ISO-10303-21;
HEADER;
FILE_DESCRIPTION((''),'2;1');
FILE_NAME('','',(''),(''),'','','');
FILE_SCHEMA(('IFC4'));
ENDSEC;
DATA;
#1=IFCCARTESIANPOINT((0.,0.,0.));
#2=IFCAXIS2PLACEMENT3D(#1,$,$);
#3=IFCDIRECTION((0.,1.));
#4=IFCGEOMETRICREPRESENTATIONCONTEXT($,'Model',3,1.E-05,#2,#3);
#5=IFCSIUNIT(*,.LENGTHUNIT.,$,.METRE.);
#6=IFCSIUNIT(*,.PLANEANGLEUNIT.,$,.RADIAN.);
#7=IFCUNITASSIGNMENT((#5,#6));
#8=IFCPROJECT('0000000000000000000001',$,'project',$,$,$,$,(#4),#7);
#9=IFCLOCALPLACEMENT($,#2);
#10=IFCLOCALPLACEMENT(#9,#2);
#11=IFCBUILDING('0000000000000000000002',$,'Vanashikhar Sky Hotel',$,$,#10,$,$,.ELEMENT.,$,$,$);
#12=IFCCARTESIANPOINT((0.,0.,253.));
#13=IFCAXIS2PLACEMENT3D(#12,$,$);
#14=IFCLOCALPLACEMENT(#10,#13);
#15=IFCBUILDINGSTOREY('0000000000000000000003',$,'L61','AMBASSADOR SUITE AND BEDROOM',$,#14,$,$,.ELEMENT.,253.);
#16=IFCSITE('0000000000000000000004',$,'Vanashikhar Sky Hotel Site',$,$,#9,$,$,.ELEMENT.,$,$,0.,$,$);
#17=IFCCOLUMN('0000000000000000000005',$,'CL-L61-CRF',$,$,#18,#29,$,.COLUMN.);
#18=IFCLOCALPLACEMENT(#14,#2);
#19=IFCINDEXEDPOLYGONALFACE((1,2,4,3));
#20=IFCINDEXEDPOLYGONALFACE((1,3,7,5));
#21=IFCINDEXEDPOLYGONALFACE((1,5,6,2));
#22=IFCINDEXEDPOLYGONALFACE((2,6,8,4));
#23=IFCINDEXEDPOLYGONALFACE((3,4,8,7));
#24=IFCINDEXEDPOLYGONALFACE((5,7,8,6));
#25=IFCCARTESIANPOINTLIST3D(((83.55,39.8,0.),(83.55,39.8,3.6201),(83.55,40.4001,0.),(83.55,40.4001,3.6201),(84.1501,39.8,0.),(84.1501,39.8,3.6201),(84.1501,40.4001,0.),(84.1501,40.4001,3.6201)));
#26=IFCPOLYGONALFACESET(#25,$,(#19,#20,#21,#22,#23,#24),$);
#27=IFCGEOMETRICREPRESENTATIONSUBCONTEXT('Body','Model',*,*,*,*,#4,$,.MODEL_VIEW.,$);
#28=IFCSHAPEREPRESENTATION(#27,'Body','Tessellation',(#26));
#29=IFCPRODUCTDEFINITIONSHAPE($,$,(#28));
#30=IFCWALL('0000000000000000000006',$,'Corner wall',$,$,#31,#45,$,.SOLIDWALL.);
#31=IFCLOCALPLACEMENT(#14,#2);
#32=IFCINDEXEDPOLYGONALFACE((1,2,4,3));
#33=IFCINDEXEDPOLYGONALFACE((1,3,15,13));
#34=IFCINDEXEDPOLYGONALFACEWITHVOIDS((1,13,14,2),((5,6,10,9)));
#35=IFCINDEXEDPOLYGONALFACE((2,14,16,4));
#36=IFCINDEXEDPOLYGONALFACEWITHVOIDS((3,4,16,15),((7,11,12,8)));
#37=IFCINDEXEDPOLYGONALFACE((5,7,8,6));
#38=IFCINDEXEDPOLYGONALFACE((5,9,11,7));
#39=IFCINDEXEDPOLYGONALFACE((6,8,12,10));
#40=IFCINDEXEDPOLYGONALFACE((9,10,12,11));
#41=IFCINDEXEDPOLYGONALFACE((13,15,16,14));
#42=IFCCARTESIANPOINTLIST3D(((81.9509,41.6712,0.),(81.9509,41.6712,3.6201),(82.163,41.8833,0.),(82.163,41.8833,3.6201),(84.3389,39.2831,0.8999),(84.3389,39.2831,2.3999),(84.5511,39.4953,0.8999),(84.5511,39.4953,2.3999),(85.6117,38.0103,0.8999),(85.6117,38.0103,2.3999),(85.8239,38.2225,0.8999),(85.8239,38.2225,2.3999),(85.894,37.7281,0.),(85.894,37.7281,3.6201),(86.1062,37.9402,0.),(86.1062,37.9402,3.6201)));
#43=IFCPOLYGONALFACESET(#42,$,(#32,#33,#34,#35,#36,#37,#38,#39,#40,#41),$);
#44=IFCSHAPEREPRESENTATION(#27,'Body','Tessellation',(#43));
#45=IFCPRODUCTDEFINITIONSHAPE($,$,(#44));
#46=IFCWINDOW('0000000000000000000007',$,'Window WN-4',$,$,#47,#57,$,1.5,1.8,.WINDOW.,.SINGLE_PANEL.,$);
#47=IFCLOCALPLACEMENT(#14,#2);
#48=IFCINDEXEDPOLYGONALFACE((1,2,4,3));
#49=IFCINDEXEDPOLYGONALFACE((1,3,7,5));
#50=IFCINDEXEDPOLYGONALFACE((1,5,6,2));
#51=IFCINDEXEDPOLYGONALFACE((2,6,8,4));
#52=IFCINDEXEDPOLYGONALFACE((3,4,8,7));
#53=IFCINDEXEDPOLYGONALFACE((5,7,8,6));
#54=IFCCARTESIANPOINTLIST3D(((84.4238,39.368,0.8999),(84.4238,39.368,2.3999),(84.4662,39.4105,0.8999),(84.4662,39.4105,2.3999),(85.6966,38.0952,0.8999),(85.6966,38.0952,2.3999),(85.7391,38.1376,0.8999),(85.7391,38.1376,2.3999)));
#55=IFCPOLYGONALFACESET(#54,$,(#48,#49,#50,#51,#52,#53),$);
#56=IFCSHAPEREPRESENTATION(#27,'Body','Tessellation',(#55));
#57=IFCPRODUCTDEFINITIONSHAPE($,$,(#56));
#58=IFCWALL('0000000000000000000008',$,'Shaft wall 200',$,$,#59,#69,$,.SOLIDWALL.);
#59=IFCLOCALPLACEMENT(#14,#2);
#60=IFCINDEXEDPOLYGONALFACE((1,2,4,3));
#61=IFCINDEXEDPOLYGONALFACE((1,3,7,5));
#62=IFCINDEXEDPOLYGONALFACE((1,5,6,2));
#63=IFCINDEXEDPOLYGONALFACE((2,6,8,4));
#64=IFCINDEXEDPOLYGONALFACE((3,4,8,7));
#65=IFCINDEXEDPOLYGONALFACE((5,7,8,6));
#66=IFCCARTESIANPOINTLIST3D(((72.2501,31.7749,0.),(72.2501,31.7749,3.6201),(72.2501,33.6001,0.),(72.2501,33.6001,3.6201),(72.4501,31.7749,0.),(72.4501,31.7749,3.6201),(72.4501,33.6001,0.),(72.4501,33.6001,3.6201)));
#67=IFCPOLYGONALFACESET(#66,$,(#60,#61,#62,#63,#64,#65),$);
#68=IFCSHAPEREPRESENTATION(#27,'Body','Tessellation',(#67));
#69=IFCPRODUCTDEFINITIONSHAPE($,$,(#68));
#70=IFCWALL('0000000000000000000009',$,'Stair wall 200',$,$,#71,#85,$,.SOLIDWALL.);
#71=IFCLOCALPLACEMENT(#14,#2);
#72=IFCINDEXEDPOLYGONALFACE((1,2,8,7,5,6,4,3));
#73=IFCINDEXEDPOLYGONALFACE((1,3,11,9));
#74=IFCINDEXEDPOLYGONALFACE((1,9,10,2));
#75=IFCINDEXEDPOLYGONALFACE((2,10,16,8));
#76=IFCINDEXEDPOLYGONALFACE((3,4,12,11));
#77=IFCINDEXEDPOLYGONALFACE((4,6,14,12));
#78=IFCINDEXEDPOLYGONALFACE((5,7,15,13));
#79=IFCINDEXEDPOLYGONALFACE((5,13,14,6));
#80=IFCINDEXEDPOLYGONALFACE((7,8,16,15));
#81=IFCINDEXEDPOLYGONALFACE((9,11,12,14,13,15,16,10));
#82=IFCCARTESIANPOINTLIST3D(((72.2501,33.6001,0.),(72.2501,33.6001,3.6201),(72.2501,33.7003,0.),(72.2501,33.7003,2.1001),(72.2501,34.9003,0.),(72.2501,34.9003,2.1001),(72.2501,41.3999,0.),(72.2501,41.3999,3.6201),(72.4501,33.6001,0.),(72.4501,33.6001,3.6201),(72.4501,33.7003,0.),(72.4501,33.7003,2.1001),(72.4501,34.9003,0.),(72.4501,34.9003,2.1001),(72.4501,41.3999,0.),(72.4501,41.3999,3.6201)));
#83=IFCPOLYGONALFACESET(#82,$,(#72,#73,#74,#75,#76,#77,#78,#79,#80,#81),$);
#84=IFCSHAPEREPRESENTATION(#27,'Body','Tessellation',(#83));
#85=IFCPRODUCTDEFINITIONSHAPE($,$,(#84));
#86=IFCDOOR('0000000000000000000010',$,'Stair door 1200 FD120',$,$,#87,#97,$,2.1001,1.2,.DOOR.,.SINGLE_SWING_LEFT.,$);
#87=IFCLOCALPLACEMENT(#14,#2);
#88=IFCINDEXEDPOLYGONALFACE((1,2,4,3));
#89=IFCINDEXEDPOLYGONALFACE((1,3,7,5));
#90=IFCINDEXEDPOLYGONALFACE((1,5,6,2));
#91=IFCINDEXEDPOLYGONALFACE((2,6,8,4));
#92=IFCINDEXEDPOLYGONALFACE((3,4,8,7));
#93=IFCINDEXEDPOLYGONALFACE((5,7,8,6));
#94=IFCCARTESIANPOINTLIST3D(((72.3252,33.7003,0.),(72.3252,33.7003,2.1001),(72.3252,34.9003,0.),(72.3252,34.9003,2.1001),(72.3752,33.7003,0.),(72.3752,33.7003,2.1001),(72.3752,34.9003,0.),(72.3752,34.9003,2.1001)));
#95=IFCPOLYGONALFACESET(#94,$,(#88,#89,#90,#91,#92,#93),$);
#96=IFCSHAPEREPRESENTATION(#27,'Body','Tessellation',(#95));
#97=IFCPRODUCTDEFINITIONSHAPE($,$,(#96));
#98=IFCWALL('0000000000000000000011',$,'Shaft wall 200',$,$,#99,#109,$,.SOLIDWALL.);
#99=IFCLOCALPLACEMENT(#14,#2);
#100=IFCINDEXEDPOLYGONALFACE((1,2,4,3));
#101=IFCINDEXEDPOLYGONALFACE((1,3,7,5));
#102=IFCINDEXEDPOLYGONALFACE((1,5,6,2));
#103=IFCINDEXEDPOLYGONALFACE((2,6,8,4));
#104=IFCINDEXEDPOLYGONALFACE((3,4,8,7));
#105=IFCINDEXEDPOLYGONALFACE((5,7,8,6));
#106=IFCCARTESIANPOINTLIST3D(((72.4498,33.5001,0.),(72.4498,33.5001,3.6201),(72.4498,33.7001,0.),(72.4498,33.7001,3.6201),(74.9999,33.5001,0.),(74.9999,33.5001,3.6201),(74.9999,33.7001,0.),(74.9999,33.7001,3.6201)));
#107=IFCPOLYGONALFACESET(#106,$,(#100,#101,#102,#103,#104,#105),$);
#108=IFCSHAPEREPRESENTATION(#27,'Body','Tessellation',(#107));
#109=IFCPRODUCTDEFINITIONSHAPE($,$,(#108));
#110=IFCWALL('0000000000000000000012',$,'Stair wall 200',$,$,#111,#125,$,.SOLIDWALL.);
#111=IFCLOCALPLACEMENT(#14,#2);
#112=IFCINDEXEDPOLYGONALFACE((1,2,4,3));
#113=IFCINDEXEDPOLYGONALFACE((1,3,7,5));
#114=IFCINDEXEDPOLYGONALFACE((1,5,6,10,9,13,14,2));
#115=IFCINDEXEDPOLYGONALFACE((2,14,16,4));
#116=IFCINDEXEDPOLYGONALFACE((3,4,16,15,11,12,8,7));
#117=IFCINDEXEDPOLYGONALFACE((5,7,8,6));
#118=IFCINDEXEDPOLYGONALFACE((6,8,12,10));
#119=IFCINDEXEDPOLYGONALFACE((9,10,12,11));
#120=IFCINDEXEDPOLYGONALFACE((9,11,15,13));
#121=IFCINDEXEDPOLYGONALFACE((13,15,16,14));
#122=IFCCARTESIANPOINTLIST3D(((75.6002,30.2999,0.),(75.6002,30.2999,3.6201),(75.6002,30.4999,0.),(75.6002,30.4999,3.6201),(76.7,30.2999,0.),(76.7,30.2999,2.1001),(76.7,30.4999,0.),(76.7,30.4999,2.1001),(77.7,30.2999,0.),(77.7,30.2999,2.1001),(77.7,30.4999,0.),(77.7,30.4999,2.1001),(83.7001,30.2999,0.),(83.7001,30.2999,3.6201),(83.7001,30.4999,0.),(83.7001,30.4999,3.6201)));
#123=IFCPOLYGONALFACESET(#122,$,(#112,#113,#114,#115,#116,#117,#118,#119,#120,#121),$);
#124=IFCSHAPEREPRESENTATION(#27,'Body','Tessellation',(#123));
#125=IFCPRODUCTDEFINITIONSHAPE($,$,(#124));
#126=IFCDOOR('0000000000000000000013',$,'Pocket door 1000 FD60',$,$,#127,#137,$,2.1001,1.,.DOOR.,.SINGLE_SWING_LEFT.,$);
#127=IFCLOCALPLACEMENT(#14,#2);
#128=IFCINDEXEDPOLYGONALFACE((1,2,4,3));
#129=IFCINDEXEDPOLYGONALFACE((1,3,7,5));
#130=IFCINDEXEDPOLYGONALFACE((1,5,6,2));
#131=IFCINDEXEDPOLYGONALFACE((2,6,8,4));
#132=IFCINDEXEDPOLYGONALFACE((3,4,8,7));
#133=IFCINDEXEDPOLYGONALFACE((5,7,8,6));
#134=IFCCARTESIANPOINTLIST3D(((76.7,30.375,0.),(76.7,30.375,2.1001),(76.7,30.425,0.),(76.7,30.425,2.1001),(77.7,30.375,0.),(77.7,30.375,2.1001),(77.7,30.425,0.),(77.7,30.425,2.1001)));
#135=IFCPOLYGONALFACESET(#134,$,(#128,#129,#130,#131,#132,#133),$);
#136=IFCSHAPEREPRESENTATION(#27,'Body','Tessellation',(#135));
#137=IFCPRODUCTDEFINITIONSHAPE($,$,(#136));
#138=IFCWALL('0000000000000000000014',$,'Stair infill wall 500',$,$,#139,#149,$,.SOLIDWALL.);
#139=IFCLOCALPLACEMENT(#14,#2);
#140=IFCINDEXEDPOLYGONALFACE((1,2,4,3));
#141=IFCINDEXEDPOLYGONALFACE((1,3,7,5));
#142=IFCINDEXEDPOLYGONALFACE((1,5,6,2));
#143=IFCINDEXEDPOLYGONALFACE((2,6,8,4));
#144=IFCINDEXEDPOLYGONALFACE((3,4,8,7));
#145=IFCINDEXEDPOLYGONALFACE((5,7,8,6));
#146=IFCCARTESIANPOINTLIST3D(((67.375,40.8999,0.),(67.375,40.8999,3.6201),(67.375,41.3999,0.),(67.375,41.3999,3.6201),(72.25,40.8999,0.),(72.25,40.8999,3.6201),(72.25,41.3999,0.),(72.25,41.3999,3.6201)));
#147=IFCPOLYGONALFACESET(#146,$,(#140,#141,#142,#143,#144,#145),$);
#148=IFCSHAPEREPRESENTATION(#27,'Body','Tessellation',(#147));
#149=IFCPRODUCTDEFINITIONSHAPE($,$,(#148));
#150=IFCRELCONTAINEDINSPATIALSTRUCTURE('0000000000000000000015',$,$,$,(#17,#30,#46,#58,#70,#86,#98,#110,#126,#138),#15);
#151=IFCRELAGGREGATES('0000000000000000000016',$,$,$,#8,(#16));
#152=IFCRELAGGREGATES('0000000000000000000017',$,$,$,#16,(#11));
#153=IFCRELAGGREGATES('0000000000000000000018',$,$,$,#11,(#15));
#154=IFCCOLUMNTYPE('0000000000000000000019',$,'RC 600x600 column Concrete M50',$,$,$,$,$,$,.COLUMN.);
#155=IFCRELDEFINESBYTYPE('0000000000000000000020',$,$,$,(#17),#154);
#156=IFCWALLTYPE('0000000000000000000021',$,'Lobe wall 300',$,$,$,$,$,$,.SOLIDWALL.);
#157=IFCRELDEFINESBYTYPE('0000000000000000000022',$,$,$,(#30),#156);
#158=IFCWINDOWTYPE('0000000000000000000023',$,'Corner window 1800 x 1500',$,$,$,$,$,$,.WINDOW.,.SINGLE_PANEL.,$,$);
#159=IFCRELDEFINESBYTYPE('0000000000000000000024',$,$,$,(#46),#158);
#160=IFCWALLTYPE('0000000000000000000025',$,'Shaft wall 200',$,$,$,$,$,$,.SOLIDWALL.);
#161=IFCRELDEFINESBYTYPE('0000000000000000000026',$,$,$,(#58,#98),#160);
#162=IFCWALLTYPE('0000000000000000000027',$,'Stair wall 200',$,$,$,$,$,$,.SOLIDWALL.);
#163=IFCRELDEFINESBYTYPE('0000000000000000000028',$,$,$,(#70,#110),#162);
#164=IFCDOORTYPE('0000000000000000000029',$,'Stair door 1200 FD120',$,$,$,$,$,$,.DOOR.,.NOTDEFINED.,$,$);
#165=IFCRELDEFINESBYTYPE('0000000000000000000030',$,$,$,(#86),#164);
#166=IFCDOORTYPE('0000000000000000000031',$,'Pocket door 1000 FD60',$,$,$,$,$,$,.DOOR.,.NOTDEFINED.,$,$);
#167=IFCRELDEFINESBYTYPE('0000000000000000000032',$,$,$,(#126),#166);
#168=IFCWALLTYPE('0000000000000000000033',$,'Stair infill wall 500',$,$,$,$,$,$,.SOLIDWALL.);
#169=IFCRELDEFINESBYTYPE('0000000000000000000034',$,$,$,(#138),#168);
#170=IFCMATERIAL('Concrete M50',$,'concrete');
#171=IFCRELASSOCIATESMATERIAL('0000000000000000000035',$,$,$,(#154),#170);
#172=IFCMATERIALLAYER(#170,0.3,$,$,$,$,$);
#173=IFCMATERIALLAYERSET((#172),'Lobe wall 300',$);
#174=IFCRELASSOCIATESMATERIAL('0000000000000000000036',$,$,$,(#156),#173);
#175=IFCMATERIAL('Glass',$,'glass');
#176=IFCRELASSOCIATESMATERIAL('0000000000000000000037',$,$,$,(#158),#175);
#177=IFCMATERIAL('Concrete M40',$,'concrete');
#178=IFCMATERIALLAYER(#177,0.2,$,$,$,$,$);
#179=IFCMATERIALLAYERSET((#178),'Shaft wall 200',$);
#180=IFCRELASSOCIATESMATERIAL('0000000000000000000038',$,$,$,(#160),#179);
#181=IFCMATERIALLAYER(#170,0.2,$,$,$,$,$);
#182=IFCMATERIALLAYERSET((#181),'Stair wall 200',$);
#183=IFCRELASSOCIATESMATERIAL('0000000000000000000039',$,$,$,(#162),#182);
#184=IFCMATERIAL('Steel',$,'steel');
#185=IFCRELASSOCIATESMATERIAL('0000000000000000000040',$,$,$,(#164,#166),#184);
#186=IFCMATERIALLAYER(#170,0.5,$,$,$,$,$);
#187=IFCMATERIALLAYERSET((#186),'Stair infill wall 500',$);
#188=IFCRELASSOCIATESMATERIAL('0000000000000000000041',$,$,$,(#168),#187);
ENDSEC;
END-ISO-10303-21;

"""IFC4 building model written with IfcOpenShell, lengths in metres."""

from ifc_helpers import new_model, si_unit, direction, frame, frame_2d, origin, origin_2d, place, context, subcontext, project, spatial, rectangle, extrude, source, transform, mapped, material, layer, layer_set, material_profile, profile_set, type_object, element, fill, save


model = new_model("IFC4")

# Units and contexts
model_context = context("Model", 3, precision=1e-05, world=origin(), true_north=direction((0.0, 1.0)))
body_context = subcontext(model_context, "Body", "Model", "MODEL_VIEW")
ifc_project = project(units=[si_unit("LENGTHUNIT", "METRE"), si_unit("PLANEANGLEUNIT", "RADIAN")], contexts=[model_context])

# Site, building, storey
site_placement = place(None, origin())
site = spatial("IfcSite", under=ifc_project, at=site_placement, Name="Vanashikhar Sky Hotel Site", CompositionType="ELEMENT", RefElevation=0.0)
building_placement = place(site_placement, origin())
building = spatial("IfcBuilding", under=site, at=building_placement, Name="Vanashikhar Sky Hotel", CompositionType="ELEMENT")
storey_placement = place(building_placement, frame((0.0, 0.0, 253.0)))
storey = spatial("IfcBuildingStorey", under=building, at=storey_placement, Name="L61", Description="AMBASSADOR SUITE AND BEDROOM", CompositionType="ELEMENT", Elevation=253.0)

# Column
ifc_material_1 = material(Name="Concrete M50", Category="concrete")
ifc_material_profile = material_profile(ifc_material_1, rectangle(XDim=0.6001, YDim=0.6001, at=origin_2d()))
ifc_profile_set = profile_set([ifc_material_profile], Name="RC 600x600 column Concrete M50")
column_type = type_object("IfcColumnType", Name="RC 600x600 column Concrete M50", PredefinedType="COLUMN", material=ifc_profile_set)
shared_shape_1 = source(origin(), body_context, "Body", "SweptSolid", [
    extrude(rectangle(XDim=0.6001, YDim=0.6001, at=origin_2d()), origin(), (0.0, 0.0, 1.0), 3.6201),
])
column_placement = place(storey_placement, frame((83.8501, 40.1001, 0.0), z_axis=(0.0, 0.0, 1.0), x_axis=(1.0, 0.0, 0.0)))
element("IfcColumn", 1, at=column_placement, inside=storey, type_object=column_type, Name="CL-L61-CRF", PredefinedType="COLUMN", context=body_context, shape_type="MappedRepresentation", body=[
    mapped(shared_shape_1, transform((0.0, 0.0, 0.0), scale=1.0)),
])

# Wall, opening, window
ifc_layer_1 = layer(ifc_material_1, 0.3)
ifc_layer_set_1 = layer_set([ifc_layer_1], Name="Lobe wall 300")
wall_type_1 = type_object("IfcWallType", Name="Lobe wall 300", PredefinedType="SOLIDWALL", material=ifc_layer_set_1)
shared_shape_2 = source(origin(), body_context, "Body", "SweptSolid", [
    extrude(rectangle(XDim=5.5764, YDim=0.3, at=frame_2d((2.7881, 0.0))), origin(), (0.0, 0.0, 1.0), 3.6201),
])
wall_1_placement = place(storey_placement, frame((86.0, 37.8342, 0.0), z_axis=(0.0, 0.0, 1.0), x_axis=(-0.707107, 0.707107, 0.0)))
wall_1 = element("IfcWall", 2, at=wall_1_placement, inside=storey, type_object=wall_type_1, Name="Corner wall", PredefinedType="SOLIDWALL", context=body_context, shape_type="MappedRepresentation", body=[
    mapped(shared_shape_2, transform((0.0, 0.0, 0.0), scale=1.0)),
])
shared_shape_3 = source(origin(), body_context, "Body", "SweptSolid", [
    extrude(rectangle(XDim=1.8, YDim=1.5, at=frame_2d((0.8999, 0.75))), frame((0.0, 0.1602, 0.0), z_axis=(0.0, -1.0, 0.0), x_axis=(1.0, 0.0, 0.0)), (0.0, 0.0, 1.0), 0.3201),
])
opening_1_placement = place(wall_1_placement, frame((0.3992, 0.0, 0.8999)))
opening_1 = element("IfcOpeningElement", 3, at=opening_1_placement, cuts=wall_1, PredefinedType="OPENING", context=body_context, shape_type="MappedRepresentation", body=[
    mapped(shared_shape_3, transform((0.0, 0.0, 0.0), scale=1.0)),
])
ifc_material_2 = material(Name="Glass", Category="glass")
window_type = type_object("IfcWindowType", Name="Corner window 1800 x 1500", PartitioningType="SINGLE_PANEL", PredefinedType="WINDOW", material=ifc_material_2)
shared_shape_4 = source(origin(), body_context, "Body", "SweptSolid", [
    extrude(rectangle(XDim=1.8, YDim=1.5, at=frame_2d((0.8999, 0.75))), frame((0.0, 0.03, 0.0), z_axis=(0.0, -1.0, 0.0), x_axis=(1.0, 0.0, 0.0)), (0.0, 0.0, 1.0), 0.0601),
])
window_placement = place(opening_1_placement, origin())
window = element("IfcWindow", 4, at=window_placement, inside=storey, type_object=window_type, Name="Window WN-4", OverallHeight=1.5, OverallWidth=1.8, PartitioningType="SINGLE_PANEL", PredefinedType="WINDOW", context=body_context, shape_type="MappedRepresentation", body=[
    mapped(shared_shape_4, transform((0.0, 0.0, 0.0), scale=1.0)),
])
fill(opening_1, window)

# Wall
ifc_material_3 = material(Name="Concrete M40", Category="concrete")
ifc_layer_2 = layer(ifc_material_3, 0.2)
ifc_layer_set_2 = layer_set([ifc_layer_2], Name="Shaft wall 200")
wall_type_2 = type_object("IfcWallType", Name="Shaft wall 200", PredefinedType="SOLIDWALL", material=ifc_layer_set_2)
shared_shape_5 = source(origin(), body_context, "Body", "SweptSolid", [
    extrude(rectangle(XDim=1.8252, YDim=0.2, at=frame_2d((0.9126, 0.0))), origin(), (0.0, 0.0, 1.0), 3.6201),
])
wall_2_placement = place(storey_placement, frame((72.3501, 31.7749, 0.0), z_axis=(0.0, 0.0, 1.0), x_axis=(0.0, 1.0, 0.0)))
element("IfcWall", 5, at=wall_2_placement, inside=storey, type_object=wall_type_2, Name="Shaft wall 200", PredefinedType="SOLIDWALL", context=body_context, shape_type="MappedRepresentation", body=[
    mapped(shared_shape_5, transform((0.0, 0.0, 0.0), scale=1.0)),
])

# Wall, opening, door
ifc_layer_3 = layer(ifc_material_1, 0.2)
ifc_layer_set_3 = layer_set([ifc_layer_3], Name="Stair wall 200")
wall_type_3 = type_object("IfcWallType", Name="Stair wall 200", PredefinedType="SOLIDWALL", material=ifc_layer_set_3)
shared_shape_6 = source(origin(), body_context, "Body", "SweptSolid", [
    extrude(rectangle(XDim=7.7998, YDim=0.2, at=frame_2d((3.8999, 0.0))), origin(), (0.0, 0.0, 1.0), 3.6201),
])
wall_3_placement = place(storey_placement, frame((72.3501, 33.6001, 0.0), z_axis=(0.0, 0.0, 1.0), x_axis=(0.0, 1.0, 0.0)))
wall_3 = element("IfcWall", 6, at=wall_3_placement, inside=storey, type_object=wall_type_3, Name="Stair wall 200", PredefinedType="SOLIDWALL", context=body_context, shape_type="MappedRepresentation", body=[
    mapped(shared_shape_6, transform((0.0, 0.0, 0.0), scale=1.0)),
])
shared_shape_7 = source(origin(), body_context, "Body", "SweptSolid", [
    extrude(rectangle(XDim=1.2, YDim=2.1001, at=frame_2d((0.6001, 1.05))), frame((0.0, 0.1099, 0.0), z_axis=(0.0, -1.0, 0.0), x_axis=(1.0, 0.0, 0.0)), (0.0, 0.0, 1.0), 0.22),
])
opening_2_placement = place(wall_3_placement, frame((0.1001, 0.0, 0.0)))
opening_2 = element("IfcOpeningElement", 7, at=opening_2_placement, cuts=wall_3, PredefinedType="OPENING", context=body_context, shape_type="MappedRepresentation", body=[
    mapped(shared_shape_7, transform((0.0, 0.0, 0.0), scale=1.0)),
])
ifc_material_4 = material(Name="Steel", Category="steel")
door_type_1 = type_object("IfcDoorType", Name="Stair door 1200 FD120", OperationType="NOTDEFINED", PredefinedType="DOOR", material=ifc_material_4)
shared_shape_8 = source(origin(), body_context, "Body", "SweptSolid", [
    extrude(rectangle(XDim=1.2, YDim=2.1001, at=frame_2d((0.6001, 1.05))), frame((0.0, 0.0249, 0.0), z_axis=(0.0, -1.0, 0.0), x_axis=(1.0, 0.0, 0.0)), (0.0, 0.0, 1.0), 0.05),
])
door_1_placement = place(opening_2_placement, origin())
door_1 = element("IfcDoor", 8, at=door_1_placement, inside=storey, type_object=door_type_1, Name="Stair door 1200 FD120", OperationType="SINGLE_SWING_LEFT", OverallHeight=2.1001, OverallWidth=1.2, PredefinedType="DOOR", context=body_context, shape_type="MappedRepresentation", body=[
    mapped(shared_shape_8, transform((0.0, 0.0, 0.0), scale=1.0)),
])
fill(opening_2, door_1)

# Wall
shared_shape_9 = source(origin(), body_context, "Body", "SweptSolid", [
    extrude(rectangle(XDim=2.55, YDim=0.2, at=frame_2d((1.2749, 0.0))), origin(), (0.0, 0.0, 1.0), 3.6201),
])
wall_4_placement = place(storey_placement, frame((72.45, 33.6001, 0.0), z_axis=(0.0, 0.0, 1.0), x_axis=(1.0, 0.0, 0.0)))
element("IfcWall", 9, at=wall_4_placement, inside=storey, type_object=wall_type_2, Name="Shaft wall 200", PredefinedType="SOLIDWALL", context=body_context, shape_type="MappedRepresentation", body=[
    mapped(shared_shape_9, transform((0.0, 0.0, 0.0), scale=1.0)),
])

# Wall, opening, door
shared_shape_10 = source(origin(), body_context, "Body", "SweptSolid", [
    extrude(rectangle(XDim=8.0999, YDim=0.2, at=frame_2d((4.0498, 0.0))), origin(), (0.0, 0.0, 1.0), 3.6201),
])
wall_5_placement = place(storey_placement, frame((83.7, 30.3999, 0.0), z_axis=(0.0, 0.0, 1.0), x_axis=(-1.0, 0.0, 0.0)))
wall_5 = element("IfcWall", 10, at=wall_5_placement, inside=storey, type_object=wall_type_3, Name="Stair wall 200", PredefinedType="SOLIDWALL", context=body_context, shape_type="MappedRepresentation", body=[
    mapped(shared_shape_10, transform((0.0, 0.0, 0.0), scale=1.0)),
])
shared_shape_11 = source(origin(), body_context, "Body", "SweptSolid", [
    extrude(rectangle(XDim=1.0, YDim=2.1001, at=frame_2d((0.5, 1.05))), frame((0.0, 0.1099, 0.0), z_axis=(0.0, -1.0, 0.0), x_axis=(1.0, 0.0, 0.0)), (0.0, 0.0, 1.0), 0.22),
])
opening_3_placement = place(wall_5_placement, frame((6.0, 0.0, 0.0)))
opening_3 = element("IfcOpeningElement", 11, at=opening_3_placement, cuts=wall_5, PredefinedType="OPENING", context=body_context, shape_type="MappedRepresentation", body=[
    mapped(shared_shape_11, transform((0.0, 0.0, 0.0), scale=1.0)),
])
door_type_2 = type_object("IfcDoorType", Name="Pocket door 1000 FD60", OperationType="NOTDEFINED", PredefinedType="DOOR", material=ifc_material_4)
shared_shape_12 = source(origin(), body_context, "Body", "SweptSolid", [
    extrude(rectangle(XDim=1.0, YDim=2.1001, at=frame_2d((0.5, 1.05))), frame((0.0, 0.0249, 0.0), z_axis=(0.0, -1.0, 0.0), x_axis=(1.0, 0.0, 0.0)), (0.0, 0.0, 1.0), 0.05),
])
door_2_placement = place(opening_3_placement, origin())
door_2 = element("IfcDoor", 12, at=door_2_placement, inside=storey, type_object=door_type_2, Name="Pocket door 1000 FD60", OperationType="SINGLE_SWING_LEFT", OverallHeight=2.1001, OverallWidth=1.0, PredefinedType="DOOR", context=body_context, shape_type="MappedRepresentation", body=[
    mapped(shared_shape_12, transform((0.0, 0.0, 0.0), scale=1.0)),
])
fill(opening_3, door_2)

# Wall
ifc_layer_4 = layer(ifc_material_1, 0.5)
ifc_layer_set_4 = layer_set([ifc_layer_4], Name="Stair infill wall 500")
wall_type_4 = type_object("IfcWallType", Name="Stair infill wall 500", PredefinedType="SOLIDWALL", material=ifc_layer_set_4)
shared_shape_13 = source(origin(), body_context, "Body", "SweptSolid", [
    extrude(rectangle(XDim=4.875, YDim=0.5, at=frame_2d((2.4375, 0.0))), origin(), (0.0, 0.0, 1.0), 3.6201),
])
wall_6_placement = place(storey_placement, frame((67.375, 41.1499, 0.0), z_axis=(0.0, 0.0, 1.0), x_axis=(1.0, 0.0, 0.0)))
element("IfcWall", 13, at=wall_6_placement, inside=storey, type_object=wall_type_4, Name="Stair infill wall 500", PredefinedType="SOLIDWALL", context=body_context, shape_type="MappedRepresentation", body=[
    mapped(shared_shape_13, transform((0.0, 0.0, 0.0), scale=1.0)),
])

save(model, "model.ifc")
